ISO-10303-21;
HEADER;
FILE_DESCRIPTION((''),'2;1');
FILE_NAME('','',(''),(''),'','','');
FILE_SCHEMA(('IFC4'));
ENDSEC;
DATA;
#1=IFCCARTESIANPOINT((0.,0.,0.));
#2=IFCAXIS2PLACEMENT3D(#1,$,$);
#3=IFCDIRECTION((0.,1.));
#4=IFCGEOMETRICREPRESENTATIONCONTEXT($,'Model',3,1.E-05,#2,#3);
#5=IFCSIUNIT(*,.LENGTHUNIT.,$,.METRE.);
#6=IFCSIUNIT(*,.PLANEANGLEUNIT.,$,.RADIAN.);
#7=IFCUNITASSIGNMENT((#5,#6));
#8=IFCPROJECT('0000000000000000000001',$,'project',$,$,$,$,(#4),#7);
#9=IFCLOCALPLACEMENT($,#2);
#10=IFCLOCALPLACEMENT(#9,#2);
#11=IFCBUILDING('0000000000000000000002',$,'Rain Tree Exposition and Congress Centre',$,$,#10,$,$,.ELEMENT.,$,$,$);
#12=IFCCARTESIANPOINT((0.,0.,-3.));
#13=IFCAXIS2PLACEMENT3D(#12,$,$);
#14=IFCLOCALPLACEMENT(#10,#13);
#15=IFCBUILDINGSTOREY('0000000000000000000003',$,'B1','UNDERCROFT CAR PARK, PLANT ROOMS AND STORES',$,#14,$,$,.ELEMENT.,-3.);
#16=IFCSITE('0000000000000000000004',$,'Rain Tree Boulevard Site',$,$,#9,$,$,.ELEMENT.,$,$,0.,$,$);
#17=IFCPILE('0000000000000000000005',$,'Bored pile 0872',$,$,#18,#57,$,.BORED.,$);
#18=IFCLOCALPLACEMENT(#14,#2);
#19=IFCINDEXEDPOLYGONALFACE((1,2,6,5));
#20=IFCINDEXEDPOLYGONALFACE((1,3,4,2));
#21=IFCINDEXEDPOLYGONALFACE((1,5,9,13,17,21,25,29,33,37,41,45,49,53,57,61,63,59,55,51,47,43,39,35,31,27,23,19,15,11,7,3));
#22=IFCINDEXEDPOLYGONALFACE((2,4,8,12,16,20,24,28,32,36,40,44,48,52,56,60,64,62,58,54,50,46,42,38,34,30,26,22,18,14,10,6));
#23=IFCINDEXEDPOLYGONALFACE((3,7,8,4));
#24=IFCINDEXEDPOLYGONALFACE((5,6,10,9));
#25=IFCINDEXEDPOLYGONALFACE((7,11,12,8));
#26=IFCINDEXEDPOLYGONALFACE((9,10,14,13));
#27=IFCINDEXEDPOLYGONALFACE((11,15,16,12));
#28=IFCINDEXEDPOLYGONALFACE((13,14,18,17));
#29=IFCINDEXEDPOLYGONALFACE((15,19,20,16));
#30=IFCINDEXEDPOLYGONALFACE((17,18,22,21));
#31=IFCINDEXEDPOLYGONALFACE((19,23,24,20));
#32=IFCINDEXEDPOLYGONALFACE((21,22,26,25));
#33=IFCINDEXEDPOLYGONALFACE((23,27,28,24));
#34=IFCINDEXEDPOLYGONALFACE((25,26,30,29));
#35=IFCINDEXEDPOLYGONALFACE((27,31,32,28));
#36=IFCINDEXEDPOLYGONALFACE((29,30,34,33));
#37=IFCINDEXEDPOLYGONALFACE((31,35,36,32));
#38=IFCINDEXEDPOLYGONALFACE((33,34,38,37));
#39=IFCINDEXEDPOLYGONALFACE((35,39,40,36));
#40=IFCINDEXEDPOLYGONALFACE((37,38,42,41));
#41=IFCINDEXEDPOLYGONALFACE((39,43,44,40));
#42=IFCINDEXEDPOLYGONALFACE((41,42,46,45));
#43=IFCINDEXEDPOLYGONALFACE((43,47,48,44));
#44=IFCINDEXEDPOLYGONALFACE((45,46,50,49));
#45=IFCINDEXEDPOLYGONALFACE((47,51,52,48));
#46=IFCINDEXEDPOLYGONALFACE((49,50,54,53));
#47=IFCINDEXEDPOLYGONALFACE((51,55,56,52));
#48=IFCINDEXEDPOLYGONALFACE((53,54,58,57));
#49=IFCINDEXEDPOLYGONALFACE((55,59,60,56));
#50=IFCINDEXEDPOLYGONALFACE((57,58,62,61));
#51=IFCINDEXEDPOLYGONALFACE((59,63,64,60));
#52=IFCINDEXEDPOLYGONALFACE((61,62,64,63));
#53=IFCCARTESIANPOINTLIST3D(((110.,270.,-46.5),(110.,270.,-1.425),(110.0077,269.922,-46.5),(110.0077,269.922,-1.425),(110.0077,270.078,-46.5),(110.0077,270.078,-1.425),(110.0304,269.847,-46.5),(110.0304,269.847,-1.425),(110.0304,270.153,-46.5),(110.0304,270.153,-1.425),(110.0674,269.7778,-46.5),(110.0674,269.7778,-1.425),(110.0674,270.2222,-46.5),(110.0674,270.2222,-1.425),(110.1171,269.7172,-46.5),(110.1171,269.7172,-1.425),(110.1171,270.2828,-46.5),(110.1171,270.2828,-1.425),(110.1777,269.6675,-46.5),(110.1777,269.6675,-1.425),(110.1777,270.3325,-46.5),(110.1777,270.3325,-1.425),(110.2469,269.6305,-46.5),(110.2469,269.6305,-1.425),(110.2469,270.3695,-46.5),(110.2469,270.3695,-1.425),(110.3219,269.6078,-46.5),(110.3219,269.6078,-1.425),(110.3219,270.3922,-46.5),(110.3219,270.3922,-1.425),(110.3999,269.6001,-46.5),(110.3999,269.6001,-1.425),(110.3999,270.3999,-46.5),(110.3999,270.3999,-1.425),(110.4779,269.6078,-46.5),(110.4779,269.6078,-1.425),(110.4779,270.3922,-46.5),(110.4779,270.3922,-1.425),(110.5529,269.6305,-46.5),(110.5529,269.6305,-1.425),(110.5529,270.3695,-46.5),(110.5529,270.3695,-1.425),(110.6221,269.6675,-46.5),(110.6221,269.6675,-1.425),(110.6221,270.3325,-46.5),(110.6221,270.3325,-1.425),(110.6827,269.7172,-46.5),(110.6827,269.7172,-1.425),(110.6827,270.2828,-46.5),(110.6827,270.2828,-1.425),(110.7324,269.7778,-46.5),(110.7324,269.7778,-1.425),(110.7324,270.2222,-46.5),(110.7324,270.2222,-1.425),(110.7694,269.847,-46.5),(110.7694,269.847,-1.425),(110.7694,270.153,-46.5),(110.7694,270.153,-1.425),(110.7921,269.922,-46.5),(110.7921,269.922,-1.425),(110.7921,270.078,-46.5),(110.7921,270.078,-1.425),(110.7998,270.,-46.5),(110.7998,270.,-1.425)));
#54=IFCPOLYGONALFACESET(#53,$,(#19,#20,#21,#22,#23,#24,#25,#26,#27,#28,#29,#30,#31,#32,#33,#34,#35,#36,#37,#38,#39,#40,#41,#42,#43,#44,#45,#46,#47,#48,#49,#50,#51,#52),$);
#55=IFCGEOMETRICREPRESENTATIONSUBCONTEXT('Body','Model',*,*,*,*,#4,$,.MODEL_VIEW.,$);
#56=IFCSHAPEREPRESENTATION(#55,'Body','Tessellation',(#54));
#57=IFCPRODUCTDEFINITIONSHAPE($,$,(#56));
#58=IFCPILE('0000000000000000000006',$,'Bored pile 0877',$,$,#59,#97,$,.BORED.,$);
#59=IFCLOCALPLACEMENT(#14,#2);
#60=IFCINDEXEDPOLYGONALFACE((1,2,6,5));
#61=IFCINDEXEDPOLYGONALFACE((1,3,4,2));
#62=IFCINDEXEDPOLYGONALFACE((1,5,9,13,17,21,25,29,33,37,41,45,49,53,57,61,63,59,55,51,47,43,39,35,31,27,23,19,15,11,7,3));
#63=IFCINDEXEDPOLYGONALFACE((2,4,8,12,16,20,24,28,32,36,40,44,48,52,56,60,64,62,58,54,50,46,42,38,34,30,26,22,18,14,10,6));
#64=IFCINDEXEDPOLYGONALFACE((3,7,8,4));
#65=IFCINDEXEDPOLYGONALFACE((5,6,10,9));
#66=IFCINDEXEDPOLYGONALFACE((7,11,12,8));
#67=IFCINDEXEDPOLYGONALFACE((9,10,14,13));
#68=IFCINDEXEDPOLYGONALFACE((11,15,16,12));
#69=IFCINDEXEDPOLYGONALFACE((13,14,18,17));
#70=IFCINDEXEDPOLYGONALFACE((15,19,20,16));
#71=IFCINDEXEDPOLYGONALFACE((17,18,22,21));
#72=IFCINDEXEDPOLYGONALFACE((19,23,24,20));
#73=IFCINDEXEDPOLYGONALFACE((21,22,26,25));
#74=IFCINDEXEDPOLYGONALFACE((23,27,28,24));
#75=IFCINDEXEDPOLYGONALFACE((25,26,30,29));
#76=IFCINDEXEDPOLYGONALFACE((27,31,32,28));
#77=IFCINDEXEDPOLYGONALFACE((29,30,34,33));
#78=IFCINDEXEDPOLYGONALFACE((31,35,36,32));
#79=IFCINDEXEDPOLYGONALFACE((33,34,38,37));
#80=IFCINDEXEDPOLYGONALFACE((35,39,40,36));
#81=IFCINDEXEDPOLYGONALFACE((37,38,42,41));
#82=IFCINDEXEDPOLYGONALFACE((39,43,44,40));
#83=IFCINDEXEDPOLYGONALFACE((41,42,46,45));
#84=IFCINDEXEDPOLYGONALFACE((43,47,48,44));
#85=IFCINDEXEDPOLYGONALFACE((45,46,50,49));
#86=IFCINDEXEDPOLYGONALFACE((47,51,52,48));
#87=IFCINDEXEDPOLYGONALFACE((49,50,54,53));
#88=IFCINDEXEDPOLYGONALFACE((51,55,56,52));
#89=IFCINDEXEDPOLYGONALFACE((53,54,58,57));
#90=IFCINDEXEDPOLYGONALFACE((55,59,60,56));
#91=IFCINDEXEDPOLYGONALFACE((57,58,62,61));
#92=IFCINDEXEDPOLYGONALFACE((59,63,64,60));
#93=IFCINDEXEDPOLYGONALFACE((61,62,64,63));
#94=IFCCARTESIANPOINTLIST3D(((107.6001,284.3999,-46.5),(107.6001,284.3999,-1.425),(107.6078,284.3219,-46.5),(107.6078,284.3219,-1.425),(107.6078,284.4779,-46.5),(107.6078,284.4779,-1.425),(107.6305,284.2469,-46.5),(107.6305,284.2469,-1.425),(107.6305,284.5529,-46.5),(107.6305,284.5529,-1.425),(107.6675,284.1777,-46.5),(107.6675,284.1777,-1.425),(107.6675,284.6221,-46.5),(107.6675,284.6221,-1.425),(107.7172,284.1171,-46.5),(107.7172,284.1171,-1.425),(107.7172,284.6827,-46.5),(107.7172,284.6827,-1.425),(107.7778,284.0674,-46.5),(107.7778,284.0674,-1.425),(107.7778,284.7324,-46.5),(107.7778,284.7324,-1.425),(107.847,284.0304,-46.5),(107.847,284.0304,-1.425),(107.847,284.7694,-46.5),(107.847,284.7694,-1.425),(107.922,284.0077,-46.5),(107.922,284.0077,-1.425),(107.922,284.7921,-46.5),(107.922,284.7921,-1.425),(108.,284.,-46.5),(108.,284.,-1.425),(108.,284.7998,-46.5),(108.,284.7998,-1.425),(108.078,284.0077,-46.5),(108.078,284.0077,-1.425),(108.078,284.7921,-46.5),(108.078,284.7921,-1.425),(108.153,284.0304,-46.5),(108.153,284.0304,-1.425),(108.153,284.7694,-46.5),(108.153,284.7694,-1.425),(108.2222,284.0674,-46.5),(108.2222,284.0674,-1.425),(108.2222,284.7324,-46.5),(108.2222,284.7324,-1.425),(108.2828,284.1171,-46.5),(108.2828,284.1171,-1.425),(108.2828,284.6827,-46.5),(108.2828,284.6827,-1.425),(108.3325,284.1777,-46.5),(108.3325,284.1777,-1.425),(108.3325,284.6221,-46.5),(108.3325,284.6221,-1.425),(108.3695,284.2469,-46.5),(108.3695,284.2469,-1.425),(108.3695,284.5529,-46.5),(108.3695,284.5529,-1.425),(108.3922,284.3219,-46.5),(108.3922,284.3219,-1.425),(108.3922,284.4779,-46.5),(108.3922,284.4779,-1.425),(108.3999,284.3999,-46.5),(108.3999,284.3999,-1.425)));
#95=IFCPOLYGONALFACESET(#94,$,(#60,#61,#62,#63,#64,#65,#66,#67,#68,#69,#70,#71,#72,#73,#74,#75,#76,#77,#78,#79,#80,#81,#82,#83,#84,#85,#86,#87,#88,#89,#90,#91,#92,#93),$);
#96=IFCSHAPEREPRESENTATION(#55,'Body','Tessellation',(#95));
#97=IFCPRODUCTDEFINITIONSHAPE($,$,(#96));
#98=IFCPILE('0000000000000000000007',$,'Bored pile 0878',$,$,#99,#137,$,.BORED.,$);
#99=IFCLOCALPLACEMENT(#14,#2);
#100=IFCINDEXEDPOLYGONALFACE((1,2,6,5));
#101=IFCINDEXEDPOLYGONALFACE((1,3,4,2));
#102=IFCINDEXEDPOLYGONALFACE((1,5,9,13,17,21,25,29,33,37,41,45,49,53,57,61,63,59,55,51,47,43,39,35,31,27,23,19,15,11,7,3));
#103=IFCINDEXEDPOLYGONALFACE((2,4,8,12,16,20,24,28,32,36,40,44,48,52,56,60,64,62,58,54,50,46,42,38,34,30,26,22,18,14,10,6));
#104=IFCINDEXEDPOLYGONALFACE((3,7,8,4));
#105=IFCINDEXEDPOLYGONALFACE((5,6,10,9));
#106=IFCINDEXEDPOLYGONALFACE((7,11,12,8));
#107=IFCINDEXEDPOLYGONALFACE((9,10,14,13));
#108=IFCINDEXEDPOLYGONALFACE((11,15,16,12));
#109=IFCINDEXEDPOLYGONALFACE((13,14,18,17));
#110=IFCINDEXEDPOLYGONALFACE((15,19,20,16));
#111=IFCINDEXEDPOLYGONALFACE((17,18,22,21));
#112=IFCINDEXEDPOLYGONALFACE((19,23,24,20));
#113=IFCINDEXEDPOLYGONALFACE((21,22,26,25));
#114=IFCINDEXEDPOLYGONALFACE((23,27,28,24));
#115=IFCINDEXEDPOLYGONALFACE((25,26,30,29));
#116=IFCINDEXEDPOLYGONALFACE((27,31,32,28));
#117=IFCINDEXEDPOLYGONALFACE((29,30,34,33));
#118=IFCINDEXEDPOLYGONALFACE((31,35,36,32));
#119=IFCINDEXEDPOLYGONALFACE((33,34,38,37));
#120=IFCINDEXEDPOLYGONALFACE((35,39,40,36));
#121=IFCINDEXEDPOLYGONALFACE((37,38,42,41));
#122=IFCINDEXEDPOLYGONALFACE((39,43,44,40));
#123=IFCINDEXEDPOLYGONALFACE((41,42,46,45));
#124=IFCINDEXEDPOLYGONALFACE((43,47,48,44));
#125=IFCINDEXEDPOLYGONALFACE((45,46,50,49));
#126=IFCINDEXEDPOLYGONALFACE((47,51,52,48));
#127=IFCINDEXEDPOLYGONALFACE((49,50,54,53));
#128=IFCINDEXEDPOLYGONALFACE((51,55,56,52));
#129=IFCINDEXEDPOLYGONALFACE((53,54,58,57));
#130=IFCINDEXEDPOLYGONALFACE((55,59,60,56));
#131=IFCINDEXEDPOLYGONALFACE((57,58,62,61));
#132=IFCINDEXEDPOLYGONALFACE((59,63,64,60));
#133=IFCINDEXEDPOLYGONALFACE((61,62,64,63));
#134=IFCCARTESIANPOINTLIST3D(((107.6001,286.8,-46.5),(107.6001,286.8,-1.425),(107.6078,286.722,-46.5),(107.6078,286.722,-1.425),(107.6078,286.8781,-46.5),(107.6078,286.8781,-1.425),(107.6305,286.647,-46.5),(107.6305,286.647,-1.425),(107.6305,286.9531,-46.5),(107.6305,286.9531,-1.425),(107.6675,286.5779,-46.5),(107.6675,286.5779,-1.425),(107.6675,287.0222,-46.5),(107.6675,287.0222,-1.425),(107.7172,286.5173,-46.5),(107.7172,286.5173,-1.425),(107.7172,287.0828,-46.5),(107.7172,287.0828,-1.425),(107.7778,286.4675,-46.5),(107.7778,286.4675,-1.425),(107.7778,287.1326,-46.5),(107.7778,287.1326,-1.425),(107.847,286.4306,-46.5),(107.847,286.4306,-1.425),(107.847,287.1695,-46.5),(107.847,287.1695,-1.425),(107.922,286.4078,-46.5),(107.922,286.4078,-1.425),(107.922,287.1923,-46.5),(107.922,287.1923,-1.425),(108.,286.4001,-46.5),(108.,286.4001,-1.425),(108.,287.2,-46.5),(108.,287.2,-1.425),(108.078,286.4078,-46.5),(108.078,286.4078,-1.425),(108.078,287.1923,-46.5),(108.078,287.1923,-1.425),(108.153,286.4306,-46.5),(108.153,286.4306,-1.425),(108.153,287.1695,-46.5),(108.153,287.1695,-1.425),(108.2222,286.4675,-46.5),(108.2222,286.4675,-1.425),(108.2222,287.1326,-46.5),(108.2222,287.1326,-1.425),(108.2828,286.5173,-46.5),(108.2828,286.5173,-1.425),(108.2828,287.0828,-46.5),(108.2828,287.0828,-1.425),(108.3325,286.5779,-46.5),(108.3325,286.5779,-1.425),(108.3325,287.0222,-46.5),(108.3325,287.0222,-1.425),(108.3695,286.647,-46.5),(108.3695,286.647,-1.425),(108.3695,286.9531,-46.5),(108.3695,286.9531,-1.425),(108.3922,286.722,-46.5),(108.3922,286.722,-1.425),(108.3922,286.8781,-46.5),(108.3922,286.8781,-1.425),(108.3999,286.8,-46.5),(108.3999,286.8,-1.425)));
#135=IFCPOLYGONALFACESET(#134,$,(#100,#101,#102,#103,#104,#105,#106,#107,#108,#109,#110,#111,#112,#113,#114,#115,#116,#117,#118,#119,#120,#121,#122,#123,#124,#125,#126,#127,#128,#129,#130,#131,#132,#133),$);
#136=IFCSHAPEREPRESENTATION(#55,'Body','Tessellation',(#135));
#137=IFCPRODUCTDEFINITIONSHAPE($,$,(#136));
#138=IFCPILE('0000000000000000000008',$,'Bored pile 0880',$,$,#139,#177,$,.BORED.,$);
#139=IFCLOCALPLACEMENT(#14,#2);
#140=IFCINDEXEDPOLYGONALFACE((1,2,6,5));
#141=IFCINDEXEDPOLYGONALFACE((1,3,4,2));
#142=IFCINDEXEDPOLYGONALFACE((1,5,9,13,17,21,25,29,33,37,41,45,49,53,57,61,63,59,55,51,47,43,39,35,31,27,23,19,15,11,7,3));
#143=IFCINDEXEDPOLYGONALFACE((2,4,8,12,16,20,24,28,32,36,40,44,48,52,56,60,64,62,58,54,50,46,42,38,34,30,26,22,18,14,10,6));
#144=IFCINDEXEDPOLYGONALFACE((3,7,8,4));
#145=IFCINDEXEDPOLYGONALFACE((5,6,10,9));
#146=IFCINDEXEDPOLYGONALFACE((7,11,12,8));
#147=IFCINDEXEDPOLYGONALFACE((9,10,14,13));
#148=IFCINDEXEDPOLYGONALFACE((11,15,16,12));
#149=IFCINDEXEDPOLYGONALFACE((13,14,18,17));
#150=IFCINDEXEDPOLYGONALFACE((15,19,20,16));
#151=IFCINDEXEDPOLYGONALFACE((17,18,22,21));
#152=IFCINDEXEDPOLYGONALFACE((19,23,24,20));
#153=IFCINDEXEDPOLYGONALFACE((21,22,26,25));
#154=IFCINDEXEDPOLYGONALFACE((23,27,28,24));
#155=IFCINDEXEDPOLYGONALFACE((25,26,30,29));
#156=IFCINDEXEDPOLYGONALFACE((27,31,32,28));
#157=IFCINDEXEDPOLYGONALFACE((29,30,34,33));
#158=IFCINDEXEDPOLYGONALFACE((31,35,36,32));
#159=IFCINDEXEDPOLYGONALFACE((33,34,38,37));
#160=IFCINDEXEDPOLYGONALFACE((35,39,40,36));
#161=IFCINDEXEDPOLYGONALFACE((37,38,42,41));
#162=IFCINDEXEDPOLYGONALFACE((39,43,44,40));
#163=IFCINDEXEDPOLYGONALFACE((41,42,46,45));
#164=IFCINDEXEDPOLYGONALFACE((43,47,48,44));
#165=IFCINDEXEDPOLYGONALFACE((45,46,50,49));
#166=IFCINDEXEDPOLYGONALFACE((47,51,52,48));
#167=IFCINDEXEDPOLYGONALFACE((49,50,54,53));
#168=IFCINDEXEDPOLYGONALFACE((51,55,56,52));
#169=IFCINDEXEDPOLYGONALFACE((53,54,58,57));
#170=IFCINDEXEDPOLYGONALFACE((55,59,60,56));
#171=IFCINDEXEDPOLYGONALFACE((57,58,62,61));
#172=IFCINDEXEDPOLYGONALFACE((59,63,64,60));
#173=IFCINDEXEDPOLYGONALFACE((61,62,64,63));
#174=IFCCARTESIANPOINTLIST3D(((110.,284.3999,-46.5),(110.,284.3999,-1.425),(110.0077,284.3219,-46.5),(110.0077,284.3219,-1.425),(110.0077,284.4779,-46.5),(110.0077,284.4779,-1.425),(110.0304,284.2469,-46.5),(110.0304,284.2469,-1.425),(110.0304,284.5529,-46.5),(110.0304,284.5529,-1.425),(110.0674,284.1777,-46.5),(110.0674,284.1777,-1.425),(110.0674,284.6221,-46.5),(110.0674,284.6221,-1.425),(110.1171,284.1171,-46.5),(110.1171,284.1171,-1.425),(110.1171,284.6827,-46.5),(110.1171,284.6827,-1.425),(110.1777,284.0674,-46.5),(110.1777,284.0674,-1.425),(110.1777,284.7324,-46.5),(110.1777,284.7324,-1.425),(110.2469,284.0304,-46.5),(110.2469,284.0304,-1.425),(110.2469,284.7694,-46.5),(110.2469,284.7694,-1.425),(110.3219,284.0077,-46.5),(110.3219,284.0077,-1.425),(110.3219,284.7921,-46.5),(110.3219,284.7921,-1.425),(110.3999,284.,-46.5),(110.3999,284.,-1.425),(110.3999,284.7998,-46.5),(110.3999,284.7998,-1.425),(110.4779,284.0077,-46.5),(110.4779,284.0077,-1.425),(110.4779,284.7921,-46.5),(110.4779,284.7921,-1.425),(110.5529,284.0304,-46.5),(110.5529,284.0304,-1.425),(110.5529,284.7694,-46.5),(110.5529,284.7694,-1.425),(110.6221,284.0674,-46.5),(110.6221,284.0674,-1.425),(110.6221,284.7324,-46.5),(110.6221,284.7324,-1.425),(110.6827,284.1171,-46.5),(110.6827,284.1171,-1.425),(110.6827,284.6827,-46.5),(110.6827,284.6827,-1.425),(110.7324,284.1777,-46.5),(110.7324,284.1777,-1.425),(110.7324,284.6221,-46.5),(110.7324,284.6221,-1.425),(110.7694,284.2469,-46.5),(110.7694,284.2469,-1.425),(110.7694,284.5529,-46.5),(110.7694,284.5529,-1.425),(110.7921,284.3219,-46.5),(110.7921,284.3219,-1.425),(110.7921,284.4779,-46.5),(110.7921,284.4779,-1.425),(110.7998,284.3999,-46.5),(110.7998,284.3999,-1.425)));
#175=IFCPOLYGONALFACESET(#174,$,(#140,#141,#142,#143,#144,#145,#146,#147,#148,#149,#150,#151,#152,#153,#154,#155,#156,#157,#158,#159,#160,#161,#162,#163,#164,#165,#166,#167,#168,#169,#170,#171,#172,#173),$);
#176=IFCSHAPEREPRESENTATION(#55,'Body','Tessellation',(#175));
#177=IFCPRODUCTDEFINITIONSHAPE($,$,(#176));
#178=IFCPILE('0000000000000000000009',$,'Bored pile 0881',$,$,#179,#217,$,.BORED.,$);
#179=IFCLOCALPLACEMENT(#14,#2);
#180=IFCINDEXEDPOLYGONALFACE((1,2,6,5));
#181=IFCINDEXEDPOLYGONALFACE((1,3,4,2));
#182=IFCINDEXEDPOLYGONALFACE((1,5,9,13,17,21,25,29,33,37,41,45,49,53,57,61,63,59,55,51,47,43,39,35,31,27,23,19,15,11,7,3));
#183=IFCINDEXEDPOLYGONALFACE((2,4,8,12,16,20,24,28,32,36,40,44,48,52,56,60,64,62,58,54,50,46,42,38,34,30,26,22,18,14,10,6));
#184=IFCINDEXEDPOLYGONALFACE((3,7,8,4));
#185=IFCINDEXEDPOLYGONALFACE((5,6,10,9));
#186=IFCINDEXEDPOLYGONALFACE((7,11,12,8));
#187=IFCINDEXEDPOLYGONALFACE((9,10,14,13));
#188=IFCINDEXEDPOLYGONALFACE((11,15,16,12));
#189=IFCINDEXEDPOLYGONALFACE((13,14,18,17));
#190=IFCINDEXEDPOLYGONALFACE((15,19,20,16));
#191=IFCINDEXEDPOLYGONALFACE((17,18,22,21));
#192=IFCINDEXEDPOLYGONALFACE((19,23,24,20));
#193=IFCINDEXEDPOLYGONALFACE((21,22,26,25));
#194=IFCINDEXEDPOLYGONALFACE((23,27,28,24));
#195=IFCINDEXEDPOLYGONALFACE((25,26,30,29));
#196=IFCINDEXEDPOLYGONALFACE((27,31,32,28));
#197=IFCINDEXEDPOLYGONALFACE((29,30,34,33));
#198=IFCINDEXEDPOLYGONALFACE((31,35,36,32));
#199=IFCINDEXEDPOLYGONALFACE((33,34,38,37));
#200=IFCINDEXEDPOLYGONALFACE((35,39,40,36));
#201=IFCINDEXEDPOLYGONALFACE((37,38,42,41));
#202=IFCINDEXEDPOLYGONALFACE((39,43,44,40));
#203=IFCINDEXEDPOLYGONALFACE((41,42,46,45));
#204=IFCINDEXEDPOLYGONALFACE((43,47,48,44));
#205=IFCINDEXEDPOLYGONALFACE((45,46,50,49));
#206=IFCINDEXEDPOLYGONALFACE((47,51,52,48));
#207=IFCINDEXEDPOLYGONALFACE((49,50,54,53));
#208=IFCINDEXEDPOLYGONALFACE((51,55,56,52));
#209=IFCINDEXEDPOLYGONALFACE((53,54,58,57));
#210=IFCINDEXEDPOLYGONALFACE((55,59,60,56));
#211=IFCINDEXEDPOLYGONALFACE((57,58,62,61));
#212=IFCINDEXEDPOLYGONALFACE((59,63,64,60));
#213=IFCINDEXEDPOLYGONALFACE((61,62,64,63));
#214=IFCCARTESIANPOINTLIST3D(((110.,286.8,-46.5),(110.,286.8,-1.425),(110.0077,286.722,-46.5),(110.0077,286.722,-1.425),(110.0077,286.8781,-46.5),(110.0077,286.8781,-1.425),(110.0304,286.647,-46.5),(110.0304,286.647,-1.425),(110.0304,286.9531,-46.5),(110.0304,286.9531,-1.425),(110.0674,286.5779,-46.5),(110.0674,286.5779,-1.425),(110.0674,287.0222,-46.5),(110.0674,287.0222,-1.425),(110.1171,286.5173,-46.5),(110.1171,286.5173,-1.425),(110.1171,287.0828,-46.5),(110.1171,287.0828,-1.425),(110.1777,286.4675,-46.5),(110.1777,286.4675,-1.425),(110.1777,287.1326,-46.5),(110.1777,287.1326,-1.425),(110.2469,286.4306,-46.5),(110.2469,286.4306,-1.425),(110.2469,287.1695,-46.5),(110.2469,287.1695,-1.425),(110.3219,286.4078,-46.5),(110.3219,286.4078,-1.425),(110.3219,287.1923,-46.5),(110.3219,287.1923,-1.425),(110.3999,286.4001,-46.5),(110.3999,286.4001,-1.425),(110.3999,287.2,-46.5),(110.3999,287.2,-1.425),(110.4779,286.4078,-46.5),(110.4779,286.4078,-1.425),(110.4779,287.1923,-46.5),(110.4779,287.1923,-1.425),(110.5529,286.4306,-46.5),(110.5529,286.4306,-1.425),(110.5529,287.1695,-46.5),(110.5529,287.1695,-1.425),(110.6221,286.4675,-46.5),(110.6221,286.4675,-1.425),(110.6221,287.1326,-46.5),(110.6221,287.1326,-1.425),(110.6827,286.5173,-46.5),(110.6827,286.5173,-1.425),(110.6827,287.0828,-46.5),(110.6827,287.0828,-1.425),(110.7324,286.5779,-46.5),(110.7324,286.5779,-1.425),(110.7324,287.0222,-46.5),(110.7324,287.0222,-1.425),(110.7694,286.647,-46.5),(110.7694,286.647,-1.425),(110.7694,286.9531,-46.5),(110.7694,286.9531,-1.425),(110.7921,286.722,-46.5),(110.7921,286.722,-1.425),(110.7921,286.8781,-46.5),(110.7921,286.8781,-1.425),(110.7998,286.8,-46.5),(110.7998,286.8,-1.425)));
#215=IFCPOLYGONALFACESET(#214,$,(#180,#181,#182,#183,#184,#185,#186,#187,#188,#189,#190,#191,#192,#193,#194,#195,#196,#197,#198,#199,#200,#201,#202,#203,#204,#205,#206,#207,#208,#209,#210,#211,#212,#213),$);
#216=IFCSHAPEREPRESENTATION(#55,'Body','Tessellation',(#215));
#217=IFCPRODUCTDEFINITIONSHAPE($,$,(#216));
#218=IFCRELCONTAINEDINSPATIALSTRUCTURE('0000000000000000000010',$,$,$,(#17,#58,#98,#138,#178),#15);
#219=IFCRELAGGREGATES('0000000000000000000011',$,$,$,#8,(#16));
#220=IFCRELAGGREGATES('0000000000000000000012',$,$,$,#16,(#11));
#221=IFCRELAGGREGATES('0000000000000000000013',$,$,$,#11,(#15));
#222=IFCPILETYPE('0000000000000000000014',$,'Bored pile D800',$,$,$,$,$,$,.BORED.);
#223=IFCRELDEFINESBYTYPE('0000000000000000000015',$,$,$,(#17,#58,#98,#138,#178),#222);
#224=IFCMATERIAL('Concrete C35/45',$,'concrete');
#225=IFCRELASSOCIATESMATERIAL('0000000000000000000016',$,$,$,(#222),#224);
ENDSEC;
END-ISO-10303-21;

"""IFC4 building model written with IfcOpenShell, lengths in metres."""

from ifc_helpers import new_model, si_unit, direction, frame, origin, origin_2d, place, context, subcontext, project, spatial, circle, extrude, material, material_profile, profile_set, type_object, element, save


model = new_model("IFC4")

# Units and contexts
model_context = context("Model", 3, precision=1e-05, world=origin(), true_north=direction((0.0, 1.0)))
body_context = subcontext(model_context, "Body", "Model", "MODEL_VIEW")
ifc_project = project(units=[si_unit("LENGTHUNIT", "METRE"), si_unit("PLANEANGLEUNIT", "RADIAN")], contexts=[model_context])

# Site, building, storey
site_placement = place(None, origin())
site = spatial("IfcSite", under=ifc_project, at=site_placement, Name="Rain Tree Boulevard Site", CompositionType="ELEMENT", RefElevation=0.0)
building_placement = place(site_placement, origin())
building = spatial("IfcBuilding", under=site, at=building_placement, Name="Rain Tree Exposition and Congress Centre", CompositionType="ELEMENT")
storey_placement = place(building_placement, frame((0.0, 0.0, -3.0)))
storey = spatial("IfcBuildingStorey", under=building, at=storey_placement, Name="B1", Description="UNDERCROFT CAR PARK, PLANT ROOMS AND STORES", CompositionType="ELEMENT", Elevation=-3.0)

# Piles
ifc_material_1 = material(Name="Concrete C35/45", Category="concrete")
ifc_material_profile_1 = material_profile(ifc_material_1, circle(Radius=0.3999, at=origin_2d()), Name="D800")
ifc_profile_set_1 = profile_set([ifc_material_profile_1], Name="Concrete C35/45")
pile_type_1 = type_object("IfcPileType", Name="Bored pile D800", PredefinedType="BORED", material=ifc_profile_set_1)
for number, where, z_axis, x_axis, name in (
    (1, (110.3999, 270.0, -1.425), (0.0, 0.0, -1.0), (1.0, 0.0, 0.0), "Bored pile 0872"),
    (2, (108.0, 284.3999, -1.425), (0.0, 0.0, -1.0), (1.0, 0.0, 0.0), "Bored pile 0877"),
    (3, (108.0, 286.8, -1.425), (0.0, 0.0, -1.0), (1.0, 0.0, 0.0), "Bored pile 0878"),
    (4, (110.3999, 284.3999, -1.425), (0.0, 0.0, -1.0), (1.0, 0.0, 0.0), "Bored pile 0880"),
    (5, (110.3999, 286.8, -1.425), (0.0, 0.0, -1.0), (1.0, 0.0, 0.0), "Bored pile 0881"),
):
    element("IfcPile", number, at=place(storey_placement, frame(where, z_axis=z_axis, x_axis=x_axis)), inside=storey, type_object=pile_type_1, Name=name, PredefinedType="BORED", context=body_context, shape_type="SweptSolid", body=[
        extrude(circle(Radius=0.3999, at=origin_2d()), origin(), (0.0, 0.0, 1.0), 45.075),
    ])

save(model, "model.ifc")
